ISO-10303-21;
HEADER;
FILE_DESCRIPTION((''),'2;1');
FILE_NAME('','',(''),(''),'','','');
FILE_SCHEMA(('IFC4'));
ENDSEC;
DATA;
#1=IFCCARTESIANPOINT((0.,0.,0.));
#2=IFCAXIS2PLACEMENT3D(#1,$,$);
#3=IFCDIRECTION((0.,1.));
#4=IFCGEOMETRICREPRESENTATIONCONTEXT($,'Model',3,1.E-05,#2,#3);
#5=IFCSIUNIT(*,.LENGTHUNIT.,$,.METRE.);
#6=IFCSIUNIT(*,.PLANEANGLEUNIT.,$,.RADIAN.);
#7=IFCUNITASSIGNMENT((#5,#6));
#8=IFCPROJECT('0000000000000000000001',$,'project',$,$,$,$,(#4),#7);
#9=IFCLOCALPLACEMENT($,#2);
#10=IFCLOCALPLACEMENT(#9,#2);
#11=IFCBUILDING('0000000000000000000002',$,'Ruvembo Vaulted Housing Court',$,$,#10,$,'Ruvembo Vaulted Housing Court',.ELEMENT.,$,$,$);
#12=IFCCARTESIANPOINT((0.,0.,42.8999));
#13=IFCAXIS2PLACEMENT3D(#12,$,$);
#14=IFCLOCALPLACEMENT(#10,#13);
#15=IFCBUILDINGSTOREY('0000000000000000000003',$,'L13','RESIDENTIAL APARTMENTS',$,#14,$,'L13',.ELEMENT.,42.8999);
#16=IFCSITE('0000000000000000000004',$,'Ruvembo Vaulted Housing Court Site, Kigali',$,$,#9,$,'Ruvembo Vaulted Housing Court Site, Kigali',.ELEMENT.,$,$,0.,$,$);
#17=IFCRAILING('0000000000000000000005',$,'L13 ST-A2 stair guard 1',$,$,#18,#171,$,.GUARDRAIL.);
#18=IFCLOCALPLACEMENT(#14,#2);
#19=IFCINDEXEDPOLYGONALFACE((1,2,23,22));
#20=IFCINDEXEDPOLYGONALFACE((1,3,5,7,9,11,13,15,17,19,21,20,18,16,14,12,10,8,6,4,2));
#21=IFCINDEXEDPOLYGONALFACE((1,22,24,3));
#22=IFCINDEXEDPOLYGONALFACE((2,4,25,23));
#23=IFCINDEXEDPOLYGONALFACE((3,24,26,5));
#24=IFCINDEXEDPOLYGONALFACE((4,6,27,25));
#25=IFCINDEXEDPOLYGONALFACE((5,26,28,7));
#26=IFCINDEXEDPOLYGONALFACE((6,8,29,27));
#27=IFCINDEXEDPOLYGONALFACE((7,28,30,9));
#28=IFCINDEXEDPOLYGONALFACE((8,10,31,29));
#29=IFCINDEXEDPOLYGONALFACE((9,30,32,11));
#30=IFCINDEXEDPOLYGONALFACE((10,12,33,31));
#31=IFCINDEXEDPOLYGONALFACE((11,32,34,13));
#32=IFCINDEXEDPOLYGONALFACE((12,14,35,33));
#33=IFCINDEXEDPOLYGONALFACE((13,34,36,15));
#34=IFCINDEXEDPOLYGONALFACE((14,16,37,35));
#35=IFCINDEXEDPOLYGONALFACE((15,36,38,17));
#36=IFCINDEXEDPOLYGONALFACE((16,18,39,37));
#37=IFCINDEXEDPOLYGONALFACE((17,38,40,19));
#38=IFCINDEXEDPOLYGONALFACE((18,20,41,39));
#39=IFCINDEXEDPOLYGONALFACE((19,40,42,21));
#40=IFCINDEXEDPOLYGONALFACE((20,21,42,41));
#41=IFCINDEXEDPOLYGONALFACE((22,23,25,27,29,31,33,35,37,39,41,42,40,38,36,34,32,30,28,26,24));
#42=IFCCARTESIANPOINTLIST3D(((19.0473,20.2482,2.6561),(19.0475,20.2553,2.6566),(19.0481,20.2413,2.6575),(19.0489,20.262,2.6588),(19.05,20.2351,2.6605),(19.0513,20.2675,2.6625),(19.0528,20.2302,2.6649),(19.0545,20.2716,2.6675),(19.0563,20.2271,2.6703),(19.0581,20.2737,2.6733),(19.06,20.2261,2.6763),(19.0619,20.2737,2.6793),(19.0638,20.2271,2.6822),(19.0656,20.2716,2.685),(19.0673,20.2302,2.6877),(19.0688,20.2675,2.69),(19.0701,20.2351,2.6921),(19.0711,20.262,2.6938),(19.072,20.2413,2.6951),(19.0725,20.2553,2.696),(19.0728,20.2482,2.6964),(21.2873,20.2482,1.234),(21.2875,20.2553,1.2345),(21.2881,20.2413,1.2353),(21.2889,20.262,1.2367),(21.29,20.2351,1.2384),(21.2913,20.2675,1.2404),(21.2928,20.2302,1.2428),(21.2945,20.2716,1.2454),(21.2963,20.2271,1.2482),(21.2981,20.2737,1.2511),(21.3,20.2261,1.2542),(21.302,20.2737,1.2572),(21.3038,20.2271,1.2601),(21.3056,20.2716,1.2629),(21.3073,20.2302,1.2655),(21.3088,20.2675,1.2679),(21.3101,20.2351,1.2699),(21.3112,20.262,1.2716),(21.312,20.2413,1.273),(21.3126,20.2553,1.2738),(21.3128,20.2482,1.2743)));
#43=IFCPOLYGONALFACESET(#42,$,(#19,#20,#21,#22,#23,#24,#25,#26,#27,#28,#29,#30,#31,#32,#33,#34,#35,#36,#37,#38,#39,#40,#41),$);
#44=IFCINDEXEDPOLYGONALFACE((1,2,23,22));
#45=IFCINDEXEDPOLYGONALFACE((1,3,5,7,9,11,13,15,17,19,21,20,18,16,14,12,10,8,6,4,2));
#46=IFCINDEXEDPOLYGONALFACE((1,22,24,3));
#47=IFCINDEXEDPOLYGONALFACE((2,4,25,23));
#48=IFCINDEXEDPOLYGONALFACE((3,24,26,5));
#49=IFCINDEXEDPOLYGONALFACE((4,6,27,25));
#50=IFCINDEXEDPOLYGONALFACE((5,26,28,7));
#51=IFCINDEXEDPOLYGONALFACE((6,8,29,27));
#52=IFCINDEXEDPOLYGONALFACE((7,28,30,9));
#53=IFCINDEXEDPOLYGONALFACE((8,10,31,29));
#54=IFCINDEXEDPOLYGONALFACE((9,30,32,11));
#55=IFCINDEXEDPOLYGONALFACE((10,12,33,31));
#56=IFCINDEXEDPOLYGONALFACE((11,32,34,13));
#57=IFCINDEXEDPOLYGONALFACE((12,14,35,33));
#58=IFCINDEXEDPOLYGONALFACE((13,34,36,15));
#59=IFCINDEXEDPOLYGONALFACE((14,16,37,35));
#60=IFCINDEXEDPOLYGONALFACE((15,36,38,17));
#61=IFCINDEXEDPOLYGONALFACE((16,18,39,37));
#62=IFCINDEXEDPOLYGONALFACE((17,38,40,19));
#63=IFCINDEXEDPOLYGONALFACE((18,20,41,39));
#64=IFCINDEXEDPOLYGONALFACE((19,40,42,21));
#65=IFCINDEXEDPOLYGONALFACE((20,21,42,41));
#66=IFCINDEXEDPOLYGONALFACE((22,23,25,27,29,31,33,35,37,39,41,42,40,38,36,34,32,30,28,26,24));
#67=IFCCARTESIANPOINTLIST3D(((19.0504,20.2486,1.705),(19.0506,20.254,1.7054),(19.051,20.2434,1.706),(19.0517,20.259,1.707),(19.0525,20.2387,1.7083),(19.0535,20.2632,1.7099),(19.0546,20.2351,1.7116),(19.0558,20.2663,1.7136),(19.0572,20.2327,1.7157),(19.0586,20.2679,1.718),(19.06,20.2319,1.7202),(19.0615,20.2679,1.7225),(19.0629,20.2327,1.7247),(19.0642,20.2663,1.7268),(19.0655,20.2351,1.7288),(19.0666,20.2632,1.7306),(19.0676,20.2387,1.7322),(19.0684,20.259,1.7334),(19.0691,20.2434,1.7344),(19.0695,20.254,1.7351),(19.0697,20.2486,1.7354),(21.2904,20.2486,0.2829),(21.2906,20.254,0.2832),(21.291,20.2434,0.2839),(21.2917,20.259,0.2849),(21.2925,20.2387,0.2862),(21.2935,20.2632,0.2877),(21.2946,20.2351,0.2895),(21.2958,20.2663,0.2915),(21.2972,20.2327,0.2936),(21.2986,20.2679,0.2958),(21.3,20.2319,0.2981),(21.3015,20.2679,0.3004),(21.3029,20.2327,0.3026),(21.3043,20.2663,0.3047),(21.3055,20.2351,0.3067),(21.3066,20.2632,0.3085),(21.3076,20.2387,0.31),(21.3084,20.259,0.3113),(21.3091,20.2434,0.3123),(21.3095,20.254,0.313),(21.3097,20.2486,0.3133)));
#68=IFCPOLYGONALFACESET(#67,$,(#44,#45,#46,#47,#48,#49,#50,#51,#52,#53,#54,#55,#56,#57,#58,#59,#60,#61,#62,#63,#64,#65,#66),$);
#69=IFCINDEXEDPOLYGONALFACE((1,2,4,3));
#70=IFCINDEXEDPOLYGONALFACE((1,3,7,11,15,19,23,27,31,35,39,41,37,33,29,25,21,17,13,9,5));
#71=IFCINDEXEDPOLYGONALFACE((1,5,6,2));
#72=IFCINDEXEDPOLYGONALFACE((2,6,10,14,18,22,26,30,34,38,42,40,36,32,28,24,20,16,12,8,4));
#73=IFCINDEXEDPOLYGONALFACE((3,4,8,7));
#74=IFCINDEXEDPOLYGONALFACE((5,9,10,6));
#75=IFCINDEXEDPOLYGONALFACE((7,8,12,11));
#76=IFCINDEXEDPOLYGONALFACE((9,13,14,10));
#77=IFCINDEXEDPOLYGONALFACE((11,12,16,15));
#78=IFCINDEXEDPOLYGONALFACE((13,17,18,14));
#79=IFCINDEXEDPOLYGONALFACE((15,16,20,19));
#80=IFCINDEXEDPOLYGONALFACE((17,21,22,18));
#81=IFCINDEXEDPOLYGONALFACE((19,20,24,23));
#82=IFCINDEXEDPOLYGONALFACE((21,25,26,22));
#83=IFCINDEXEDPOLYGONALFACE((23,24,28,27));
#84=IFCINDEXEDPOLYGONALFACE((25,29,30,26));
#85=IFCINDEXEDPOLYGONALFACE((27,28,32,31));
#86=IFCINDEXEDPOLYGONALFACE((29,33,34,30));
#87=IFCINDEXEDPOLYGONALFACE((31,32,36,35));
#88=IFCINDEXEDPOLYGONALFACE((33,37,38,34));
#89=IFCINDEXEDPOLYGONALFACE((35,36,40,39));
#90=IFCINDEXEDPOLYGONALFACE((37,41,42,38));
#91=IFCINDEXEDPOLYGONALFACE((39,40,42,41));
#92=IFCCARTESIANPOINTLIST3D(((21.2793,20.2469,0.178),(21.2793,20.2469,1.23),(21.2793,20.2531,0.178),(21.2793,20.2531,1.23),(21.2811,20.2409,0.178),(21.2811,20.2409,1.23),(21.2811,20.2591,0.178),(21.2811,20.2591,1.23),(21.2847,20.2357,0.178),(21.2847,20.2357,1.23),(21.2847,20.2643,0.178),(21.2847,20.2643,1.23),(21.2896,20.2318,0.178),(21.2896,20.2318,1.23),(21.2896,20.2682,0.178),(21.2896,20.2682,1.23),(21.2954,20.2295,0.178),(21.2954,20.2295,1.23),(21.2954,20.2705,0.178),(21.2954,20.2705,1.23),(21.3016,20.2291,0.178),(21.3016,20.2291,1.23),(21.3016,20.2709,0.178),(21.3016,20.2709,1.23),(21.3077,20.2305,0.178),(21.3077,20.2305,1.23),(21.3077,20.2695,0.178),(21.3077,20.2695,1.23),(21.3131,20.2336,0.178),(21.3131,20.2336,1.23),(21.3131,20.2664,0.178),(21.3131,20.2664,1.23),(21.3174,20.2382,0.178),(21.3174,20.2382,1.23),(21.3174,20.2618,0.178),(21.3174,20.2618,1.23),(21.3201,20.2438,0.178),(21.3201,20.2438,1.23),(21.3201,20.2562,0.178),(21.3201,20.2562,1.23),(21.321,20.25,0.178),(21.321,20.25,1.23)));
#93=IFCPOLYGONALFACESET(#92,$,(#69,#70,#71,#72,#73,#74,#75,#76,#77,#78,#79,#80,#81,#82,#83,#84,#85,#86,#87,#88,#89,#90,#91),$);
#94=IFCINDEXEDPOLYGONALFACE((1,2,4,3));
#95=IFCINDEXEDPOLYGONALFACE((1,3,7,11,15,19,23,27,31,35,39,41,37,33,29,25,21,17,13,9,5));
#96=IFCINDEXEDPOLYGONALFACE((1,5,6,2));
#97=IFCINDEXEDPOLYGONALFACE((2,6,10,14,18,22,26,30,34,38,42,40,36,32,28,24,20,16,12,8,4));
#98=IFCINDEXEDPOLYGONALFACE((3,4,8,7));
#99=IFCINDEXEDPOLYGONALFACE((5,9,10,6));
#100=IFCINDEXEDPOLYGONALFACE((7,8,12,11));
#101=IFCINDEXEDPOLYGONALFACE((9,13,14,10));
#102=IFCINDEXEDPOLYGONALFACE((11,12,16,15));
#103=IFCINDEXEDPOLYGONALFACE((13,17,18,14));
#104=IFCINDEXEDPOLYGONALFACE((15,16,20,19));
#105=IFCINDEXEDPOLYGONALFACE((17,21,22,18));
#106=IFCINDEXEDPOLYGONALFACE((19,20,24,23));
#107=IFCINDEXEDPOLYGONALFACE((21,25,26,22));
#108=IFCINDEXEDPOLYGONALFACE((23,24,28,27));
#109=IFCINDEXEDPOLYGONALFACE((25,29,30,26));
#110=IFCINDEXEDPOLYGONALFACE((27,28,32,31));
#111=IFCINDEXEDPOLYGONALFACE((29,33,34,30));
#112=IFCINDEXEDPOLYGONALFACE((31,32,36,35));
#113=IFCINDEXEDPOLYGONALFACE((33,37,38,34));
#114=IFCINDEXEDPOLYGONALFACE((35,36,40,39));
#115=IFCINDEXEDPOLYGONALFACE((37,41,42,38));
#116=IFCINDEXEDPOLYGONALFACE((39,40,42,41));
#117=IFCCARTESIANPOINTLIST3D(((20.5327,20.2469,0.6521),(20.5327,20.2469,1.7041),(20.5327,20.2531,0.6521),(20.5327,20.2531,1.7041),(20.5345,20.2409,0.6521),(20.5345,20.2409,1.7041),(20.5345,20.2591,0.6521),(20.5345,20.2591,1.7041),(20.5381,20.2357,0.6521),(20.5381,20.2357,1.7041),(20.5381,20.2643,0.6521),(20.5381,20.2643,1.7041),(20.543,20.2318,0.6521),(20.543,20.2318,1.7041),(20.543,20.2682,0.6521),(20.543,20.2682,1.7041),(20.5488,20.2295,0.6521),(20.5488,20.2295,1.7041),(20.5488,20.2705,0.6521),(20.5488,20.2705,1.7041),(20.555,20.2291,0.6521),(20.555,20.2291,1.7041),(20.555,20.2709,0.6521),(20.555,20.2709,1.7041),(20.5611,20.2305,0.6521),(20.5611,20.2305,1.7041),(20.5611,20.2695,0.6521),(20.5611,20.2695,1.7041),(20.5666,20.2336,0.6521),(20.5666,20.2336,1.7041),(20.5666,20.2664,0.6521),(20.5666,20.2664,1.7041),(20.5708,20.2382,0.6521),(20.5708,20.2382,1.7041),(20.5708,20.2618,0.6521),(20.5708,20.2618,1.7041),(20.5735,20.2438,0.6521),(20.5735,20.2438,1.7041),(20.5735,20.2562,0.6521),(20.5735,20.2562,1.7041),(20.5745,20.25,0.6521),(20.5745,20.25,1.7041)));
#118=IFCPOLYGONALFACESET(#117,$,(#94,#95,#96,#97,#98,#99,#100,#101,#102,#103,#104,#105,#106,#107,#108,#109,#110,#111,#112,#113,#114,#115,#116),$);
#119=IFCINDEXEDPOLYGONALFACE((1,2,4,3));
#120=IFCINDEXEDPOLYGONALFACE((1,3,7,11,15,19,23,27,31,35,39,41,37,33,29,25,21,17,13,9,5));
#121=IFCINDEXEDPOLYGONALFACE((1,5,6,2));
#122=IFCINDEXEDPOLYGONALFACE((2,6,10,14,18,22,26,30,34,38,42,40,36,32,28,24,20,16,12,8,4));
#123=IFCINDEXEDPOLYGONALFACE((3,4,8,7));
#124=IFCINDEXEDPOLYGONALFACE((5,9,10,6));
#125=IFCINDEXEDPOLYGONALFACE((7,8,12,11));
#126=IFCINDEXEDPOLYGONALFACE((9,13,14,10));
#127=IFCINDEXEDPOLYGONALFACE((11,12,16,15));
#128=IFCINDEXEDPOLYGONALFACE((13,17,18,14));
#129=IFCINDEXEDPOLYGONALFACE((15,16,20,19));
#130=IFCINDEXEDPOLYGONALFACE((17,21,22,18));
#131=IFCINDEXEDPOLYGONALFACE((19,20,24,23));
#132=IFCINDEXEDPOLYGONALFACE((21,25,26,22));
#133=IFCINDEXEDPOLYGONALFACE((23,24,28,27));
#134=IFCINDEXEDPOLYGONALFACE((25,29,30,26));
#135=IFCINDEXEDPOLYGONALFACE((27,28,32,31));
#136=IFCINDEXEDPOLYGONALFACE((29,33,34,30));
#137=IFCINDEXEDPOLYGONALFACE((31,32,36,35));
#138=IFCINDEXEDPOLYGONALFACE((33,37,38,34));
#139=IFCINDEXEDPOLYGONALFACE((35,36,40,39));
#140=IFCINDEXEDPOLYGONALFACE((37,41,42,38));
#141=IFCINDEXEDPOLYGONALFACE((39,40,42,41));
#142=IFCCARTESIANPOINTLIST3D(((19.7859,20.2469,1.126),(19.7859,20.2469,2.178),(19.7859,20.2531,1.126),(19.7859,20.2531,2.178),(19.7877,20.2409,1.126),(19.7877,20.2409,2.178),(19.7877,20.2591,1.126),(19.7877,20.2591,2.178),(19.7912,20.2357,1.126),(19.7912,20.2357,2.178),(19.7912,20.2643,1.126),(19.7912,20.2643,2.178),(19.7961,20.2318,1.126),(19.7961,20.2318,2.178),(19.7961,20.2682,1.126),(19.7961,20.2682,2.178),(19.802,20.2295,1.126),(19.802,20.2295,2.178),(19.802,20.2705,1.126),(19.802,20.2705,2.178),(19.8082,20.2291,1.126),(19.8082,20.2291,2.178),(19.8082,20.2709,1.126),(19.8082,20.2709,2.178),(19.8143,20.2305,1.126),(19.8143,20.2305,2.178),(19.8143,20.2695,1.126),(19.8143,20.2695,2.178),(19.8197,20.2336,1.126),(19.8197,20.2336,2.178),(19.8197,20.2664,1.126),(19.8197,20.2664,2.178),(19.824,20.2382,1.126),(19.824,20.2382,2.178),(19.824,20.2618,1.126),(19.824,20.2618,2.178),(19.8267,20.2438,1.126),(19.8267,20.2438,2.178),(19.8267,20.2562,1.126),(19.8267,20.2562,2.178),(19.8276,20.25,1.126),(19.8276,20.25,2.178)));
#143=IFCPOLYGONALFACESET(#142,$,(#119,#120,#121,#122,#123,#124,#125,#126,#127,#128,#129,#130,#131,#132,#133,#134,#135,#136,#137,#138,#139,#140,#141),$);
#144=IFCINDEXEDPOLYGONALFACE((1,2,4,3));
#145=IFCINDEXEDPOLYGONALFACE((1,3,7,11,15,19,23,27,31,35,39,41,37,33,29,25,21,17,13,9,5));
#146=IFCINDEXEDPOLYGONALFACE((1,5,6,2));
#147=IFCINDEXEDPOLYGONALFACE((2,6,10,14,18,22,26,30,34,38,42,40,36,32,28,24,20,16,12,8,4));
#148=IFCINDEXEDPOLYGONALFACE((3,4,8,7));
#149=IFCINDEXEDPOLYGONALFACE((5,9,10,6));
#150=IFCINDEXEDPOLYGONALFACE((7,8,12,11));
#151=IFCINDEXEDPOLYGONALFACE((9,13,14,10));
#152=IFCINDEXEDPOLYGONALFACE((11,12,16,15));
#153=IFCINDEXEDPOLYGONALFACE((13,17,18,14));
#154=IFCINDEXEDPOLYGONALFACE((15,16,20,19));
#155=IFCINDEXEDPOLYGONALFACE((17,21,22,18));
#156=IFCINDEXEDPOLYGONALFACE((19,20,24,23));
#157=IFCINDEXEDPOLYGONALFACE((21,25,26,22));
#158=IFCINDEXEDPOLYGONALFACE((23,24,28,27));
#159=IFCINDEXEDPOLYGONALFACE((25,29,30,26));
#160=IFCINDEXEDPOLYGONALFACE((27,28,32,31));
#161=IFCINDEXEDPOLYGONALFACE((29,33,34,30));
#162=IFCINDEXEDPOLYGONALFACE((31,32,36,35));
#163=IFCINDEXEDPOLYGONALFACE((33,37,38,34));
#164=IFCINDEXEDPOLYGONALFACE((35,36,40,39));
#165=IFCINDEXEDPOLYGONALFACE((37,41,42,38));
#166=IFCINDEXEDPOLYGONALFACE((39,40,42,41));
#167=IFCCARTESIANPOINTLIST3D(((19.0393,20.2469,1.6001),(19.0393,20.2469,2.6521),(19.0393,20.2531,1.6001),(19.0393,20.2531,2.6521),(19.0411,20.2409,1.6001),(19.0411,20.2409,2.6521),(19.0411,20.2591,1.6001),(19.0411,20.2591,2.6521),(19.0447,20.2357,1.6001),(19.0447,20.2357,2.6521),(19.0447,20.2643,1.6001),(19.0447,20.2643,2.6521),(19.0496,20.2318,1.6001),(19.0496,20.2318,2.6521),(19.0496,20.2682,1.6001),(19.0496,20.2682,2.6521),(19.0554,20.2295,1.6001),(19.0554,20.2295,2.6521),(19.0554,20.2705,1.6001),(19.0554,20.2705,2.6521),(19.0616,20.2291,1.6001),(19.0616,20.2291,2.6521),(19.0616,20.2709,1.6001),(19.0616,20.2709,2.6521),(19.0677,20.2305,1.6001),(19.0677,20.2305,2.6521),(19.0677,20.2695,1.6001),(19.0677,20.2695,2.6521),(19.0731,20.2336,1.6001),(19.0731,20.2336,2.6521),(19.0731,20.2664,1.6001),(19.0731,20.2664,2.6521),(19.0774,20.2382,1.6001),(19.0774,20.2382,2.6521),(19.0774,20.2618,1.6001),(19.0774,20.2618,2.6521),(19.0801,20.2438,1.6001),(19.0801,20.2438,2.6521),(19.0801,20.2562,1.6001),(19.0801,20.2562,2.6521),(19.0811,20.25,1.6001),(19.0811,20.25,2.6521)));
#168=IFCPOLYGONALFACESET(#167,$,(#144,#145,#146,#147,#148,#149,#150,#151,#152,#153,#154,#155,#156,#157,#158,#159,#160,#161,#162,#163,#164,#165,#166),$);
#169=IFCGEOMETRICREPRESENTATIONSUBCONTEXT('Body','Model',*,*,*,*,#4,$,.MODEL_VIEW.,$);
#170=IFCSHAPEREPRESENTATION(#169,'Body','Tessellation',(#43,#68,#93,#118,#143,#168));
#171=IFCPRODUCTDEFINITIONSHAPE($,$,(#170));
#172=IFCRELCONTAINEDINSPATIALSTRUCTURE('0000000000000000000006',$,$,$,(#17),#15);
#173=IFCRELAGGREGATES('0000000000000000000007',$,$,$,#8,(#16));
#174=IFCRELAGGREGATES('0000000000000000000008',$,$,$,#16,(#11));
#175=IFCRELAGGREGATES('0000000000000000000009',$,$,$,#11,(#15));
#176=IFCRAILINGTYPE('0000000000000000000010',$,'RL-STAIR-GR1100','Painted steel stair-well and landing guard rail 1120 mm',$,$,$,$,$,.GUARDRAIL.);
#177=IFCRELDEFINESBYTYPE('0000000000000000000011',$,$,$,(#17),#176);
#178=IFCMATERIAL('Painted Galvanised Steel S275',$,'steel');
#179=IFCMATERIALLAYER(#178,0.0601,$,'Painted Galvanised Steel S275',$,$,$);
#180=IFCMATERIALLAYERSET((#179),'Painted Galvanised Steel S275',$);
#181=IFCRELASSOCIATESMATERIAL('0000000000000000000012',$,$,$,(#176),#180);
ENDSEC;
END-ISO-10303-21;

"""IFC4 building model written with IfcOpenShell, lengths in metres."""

from ifc_helpers import new_model, si_unit, direction, frame, origin, origin_2d, place, context, subcontext, project, spatial, circle, extrude, material, layer, layer_set, type_object, element, save


model = new_model("IFC4")

# Units and contexts
model_context = context("Model", 3, precision=1e-05, world=origin(), true_north=direction((0.0, 1.0)))
body_context = subcontext(model_context, "Body", "Model", "MODEL_VIEW")
ifc_project = project(units=[si_unit("LENGTHUNIT", "METRE"), si_unit("PLANEANGLEUNIT", "RADIAN")], contexts=[model_context])

# Site, building, storey
site_placement = place(None, origin())
site = spatial("IfcSite", under=ifc_project, at=site_placement, Name="Ruvembo Vaulted Housing Court Site, Kigali", LongName="Ruvembo Vaulted Housing Court Site, Kigali", CompositionType="ELEMENT", RefElevation=0.0)
building_placement = place(site_placement, origin())
building = spatial("IfcBuilding", under=site, at=building_placement, Name="Ruvembo Vaulted Housing Court", LongName="Ruvembo Vaulted Housing Court", CompositionType="ELEMENT")
storey_placement = place(building_placement, frame((0.0, 0.0, 42.8999)))
storey = spatial("IfcBuildingStorey", under=building, at=storey_placement, Name="L13", Description="RESIDENTIAL APARTMENTS", LongName="L13", CompositionType="ELEMENT", Elevation=42.8999)

# Railing
ifc_material_1 = material(Name="Painted Galvanised Steel S275", Category="steel")
ifc_layer_1 = layer(ifc_material_1, 0.0601, Name="Painted Galvanised Steel S275")
ifc_layer_set_1 = layer_set([ifc_layer_1], Name="Painted Galvanised Steel S275")
railing_type_1 = type_object("IfcRailingType", Name="RL-STAIR-GR1100", Description="Painted steel stair-well and landing guard rail 1120 mm", PredefinedType="GUARDRAIL", material=ifc_layer_set_1)
railing_1_placement = place(storey_placement, frame((21.3, 20.25, 0.178)))
element("IfcRailing", 1, at=railing_1_placement, inside=storey, type_object=railing_type_1, Name="L13 ST-A2 stair guard 1", PredefinedType="GUARDRAIL", context=body_context, shape_type="SweptSolid", body=[
    extrude(circle(Radius=0.0239, at=origin_2d()), frame((0.0, 0.0, 1.0762), z_axis=(-0.844229, 0.0, 0.535982), x_axis=(0.0, -1.0, 0.0)), (0.0, 0.0, 1.0), 2.6533),
    extrude(circle(Radius=0.0181, at=origin_2d()), frame((0.0, 0.0, 0.1201), z_axis=(-0.844229, 0.0, 0.535982), x_axis=(0.0, -1.0, 0.0)), (0.0, 0.0, 1.0), 2.6533),
    extrude(circle(Radius=0.021, at=origin_2d()), origin(), (0.0, 0.0, 1.0), 1.052),
    extrude(circle(Radius=0.021, at=origin_2d()), frame((-0.7466, 0.0, 0.4741)), (0.0, 0.0, 1.0), 1.052),
    extrude(circle(Radius=0.021, at=origin_2d()), frame((-1.4934, 0.0, 0.948)), (0.0, 0.0, 1.0), 1.052),
    extrude(circle(Radius=0.021, at=origin_2d()), frame((-2.24, 0.0, 1.4221)), (0.0, 0.0, 1.0), 1.052),
])

save(model, "model.ifc")
